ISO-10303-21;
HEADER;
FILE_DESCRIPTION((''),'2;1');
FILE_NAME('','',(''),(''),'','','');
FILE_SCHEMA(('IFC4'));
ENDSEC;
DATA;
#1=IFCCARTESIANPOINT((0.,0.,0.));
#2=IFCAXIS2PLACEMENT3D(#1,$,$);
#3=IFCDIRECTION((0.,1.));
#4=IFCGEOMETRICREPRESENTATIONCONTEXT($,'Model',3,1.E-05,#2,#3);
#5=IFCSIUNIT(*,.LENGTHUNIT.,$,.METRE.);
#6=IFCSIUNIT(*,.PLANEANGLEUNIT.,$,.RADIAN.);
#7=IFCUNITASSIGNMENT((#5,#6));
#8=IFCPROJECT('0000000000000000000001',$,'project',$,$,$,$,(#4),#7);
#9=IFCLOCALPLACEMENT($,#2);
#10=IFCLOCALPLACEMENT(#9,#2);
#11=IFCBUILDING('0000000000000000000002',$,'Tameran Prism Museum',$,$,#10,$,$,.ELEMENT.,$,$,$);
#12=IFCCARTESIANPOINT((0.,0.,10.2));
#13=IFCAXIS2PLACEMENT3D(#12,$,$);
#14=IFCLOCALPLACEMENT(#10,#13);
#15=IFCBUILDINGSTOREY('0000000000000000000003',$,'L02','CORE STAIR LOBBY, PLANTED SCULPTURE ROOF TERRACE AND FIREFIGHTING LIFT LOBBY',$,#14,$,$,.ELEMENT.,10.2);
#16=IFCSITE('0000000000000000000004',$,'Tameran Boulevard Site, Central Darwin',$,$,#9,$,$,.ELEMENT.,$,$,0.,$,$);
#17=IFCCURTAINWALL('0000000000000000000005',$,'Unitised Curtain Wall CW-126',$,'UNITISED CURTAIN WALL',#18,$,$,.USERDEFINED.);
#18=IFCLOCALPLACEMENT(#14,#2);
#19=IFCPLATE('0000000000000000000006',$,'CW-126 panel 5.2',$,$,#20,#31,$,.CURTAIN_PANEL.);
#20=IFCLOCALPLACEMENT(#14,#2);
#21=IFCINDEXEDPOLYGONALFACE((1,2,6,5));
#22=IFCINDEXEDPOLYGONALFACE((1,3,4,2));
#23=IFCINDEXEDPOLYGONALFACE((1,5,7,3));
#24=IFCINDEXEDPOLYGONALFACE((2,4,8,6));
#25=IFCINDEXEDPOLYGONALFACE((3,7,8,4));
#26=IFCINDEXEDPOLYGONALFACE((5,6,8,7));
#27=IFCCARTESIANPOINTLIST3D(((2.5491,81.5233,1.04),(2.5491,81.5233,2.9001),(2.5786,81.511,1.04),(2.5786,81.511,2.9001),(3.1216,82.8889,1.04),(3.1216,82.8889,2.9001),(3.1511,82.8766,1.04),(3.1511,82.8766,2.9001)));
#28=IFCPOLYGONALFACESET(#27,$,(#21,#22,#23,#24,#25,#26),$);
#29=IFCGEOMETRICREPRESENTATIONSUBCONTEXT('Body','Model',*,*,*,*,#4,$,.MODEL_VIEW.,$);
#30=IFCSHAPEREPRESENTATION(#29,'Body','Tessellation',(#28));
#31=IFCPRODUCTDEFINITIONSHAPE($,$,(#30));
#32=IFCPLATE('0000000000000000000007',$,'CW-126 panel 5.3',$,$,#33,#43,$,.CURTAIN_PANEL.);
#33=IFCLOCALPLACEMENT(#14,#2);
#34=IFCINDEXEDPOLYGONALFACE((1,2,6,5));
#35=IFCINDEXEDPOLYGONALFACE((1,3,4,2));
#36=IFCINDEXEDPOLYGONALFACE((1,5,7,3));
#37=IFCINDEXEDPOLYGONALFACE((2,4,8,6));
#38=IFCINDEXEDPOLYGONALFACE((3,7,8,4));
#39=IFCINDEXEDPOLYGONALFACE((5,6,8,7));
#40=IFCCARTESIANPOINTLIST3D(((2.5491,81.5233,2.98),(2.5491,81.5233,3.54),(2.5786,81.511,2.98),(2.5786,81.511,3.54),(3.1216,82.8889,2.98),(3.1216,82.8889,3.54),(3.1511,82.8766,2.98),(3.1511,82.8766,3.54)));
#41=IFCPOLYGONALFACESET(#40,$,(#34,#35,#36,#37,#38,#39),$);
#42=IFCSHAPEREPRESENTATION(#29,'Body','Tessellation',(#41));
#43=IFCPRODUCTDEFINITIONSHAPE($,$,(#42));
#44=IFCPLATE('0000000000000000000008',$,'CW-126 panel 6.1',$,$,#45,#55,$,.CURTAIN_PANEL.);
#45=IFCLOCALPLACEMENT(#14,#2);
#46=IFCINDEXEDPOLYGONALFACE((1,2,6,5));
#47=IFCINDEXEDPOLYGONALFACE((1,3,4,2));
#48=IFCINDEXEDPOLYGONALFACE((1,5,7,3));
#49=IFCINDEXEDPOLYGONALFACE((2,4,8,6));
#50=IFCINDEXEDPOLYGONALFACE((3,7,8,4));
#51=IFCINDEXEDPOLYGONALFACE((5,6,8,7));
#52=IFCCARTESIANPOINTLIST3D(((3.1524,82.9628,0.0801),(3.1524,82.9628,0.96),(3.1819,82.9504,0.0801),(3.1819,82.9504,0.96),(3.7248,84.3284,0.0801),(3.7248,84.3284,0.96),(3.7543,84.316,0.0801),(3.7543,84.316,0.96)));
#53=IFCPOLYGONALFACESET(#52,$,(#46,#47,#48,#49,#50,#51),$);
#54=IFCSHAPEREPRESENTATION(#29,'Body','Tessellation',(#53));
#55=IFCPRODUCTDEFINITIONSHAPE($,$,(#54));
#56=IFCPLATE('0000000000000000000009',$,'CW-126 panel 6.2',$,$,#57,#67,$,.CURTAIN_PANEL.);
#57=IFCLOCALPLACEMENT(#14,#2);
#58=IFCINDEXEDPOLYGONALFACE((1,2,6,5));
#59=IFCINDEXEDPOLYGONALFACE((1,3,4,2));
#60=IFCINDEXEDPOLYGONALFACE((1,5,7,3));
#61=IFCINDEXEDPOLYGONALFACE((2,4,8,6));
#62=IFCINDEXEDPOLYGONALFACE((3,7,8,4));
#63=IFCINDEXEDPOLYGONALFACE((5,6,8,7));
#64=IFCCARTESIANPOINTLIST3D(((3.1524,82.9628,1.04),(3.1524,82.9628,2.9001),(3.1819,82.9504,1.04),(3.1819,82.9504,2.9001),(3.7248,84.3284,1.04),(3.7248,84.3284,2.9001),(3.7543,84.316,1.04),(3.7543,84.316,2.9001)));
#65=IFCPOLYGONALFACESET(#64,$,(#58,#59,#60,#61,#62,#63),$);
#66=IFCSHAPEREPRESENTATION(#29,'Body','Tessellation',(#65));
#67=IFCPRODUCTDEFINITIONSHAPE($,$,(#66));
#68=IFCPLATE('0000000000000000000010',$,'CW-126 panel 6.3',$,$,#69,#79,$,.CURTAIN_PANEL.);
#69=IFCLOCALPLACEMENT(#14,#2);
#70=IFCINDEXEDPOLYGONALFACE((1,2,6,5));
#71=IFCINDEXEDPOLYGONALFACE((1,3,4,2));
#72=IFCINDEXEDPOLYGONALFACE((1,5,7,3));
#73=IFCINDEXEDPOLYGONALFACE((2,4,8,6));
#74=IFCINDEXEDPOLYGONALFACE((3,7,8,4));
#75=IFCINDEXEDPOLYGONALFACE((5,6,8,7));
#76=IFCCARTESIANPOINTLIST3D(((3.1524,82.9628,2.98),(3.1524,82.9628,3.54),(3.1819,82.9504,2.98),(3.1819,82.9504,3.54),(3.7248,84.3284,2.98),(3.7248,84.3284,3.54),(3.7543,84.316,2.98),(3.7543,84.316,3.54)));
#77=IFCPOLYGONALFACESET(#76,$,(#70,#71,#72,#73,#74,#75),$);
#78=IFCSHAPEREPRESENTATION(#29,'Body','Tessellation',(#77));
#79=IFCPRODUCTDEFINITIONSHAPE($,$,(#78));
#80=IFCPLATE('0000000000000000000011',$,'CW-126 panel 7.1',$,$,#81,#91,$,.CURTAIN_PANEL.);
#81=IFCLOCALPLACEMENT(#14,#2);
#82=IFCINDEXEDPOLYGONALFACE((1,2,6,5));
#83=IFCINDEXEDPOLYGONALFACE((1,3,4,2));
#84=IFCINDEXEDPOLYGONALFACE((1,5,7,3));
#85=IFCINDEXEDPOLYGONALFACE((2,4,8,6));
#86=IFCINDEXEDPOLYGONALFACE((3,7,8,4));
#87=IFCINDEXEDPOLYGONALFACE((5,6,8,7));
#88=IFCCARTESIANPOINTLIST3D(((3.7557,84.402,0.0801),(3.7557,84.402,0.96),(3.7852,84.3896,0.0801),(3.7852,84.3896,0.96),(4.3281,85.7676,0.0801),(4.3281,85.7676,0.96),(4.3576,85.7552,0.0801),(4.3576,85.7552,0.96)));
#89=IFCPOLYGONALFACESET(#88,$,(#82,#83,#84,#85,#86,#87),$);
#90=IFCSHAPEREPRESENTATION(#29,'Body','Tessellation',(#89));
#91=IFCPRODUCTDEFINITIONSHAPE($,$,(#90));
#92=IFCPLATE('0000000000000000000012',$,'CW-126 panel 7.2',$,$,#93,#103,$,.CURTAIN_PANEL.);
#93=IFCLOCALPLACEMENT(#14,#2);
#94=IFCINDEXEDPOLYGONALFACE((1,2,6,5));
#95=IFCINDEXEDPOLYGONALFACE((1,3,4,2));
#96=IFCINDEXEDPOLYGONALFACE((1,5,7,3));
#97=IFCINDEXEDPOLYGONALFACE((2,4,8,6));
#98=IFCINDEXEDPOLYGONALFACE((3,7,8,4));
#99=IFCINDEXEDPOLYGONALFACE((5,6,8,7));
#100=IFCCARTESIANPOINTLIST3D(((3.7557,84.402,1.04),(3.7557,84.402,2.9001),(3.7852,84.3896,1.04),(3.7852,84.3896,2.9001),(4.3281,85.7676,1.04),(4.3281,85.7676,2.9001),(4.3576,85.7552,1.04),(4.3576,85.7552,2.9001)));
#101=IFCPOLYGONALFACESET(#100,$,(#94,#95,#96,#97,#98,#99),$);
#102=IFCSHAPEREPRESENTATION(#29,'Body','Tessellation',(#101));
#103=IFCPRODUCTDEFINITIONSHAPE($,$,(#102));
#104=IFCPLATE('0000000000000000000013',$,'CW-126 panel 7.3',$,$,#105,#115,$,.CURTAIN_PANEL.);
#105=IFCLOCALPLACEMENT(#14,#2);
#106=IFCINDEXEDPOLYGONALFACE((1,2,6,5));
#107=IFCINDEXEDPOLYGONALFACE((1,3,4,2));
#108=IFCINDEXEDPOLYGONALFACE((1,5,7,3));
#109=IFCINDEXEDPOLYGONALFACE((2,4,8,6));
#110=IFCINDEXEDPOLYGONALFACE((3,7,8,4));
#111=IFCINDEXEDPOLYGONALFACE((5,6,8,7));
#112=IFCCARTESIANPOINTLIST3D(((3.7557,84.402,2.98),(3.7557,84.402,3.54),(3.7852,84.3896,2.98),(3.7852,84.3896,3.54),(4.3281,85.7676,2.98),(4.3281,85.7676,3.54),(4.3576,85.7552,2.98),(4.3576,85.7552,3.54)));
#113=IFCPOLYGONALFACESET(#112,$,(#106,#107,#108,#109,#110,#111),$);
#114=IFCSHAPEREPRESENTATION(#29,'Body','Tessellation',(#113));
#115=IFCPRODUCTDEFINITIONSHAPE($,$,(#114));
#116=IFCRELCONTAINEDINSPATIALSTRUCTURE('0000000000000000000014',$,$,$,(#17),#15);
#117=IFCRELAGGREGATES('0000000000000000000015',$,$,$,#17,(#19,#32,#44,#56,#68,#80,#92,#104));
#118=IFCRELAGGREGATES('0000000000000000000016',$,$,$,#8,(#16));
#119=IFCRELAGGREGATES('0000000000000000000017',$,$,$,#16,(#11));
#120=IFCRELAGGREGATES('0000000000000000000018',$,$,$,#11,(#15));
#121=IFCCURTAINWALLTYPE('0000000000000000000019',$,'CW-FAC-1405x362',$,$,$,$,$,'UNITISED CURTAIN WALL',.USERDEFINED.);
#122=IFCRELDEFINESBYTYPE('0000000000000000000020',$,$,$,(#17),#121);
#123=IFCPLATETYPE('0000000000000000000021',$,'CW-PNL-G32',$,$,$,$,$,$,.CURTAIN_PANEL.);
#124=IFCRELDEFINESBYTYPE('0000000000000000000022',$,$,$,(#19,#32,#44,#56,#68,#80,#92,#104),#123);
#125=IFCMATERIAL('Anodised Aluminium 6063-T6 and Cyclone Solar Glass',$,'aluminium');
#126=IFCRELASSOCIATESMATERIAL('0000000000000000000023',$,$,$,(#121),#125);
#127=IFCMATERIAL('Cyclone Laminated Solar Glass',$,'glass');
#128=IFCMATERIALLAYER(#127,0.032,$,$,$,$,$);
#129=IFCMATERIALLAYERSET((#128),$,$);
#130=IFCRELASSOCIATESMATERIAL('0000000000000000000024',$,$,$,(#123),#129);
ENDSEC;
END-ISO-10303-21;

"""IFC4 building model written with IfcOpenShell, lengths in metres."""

from ifc_helpers import new_model, si_unit, direction, frame, origin, origin_2d, place, context, subcontext, project, spatial, rectangle, extrude, material, layer, layer_set, type_object, element, aggregate, save


model = new_model("IFC4")

# Units and contexts
model_context = context("Model", 3, precision=1e-05, world=origin(), true_north=direction((0.0, 1.0)))
body_context = subcontext(model_context, "Body", "Model", "MODEL_VIEW")
ifc_project = project(units=[si_unit("LENGTHUNIT", "METRE"), si_unit("PLANEANGLEUNIT", "RADIAN")], contexts=[model_context])

# Site, building, storey
site_placement = place(None, origin())
site = spatial("IfcSite", under=ifc_project, at=site_placement, Name="Tameran Boulevard Site, Central Darwin", CompositionType="ELEMENT", RefElevation=0.0)
building_placement = place(site_placement, origin())
building = spatial("IfcBuilding", under=site, at=building_placement, Name="Tameran Prism Museum", CompositionType="ELEMENT")
storey_placement = place(building_placement, frame((0.0, 0.0, 10.2)))
storey = spatial("IfcBuildingStorey", under=building, at=storey_placement, Name="L02", Description="CORE STAIR LOBBY, PLANTED SCULPTURE ROOF TERRACE AND FIREFIGHTING LIFT LOBBY", CompositionType="ELEMENT", Elevation=10.2)

# Curtain wall, plates
ifc_material_1 = material(Name="Anodised Aluminium 6063-T6 and Cyclone Solar Glass", Category="aluminium")
curtain_wall_type = type_object("IfcCurtainWallType", Name="CW-FAC-1405x362", ElementType="UNITISED CURTAIN WALL", PredefinedType="USERDEFINED", material=ifc_material_1)
curtain_wall_placement = place(storey_placement, origin())
curtain_wall = element("IfcCurtainWall", 1, at=curtain_wall_placement, inside=storey, type_object=curtain_wall_type, Name="Unitised Curtain Wall CW-126", ObjectType="UNITISED CURTAIN WALL", PredefinedType="USERDEFINED")
ifc_material_2 = material(Name="Cyclone Laminated Solar Glass", Category="glass")
ifc_layer = layer(ifc_material_2, 0.032)
ifc_layer_set = layer_set([ifc_layer])
plate_type = type_object("IfcPlateType", Name="CW-PNL-G32", PredefinedType="CURTAIN_PANEL", material=ifc_layer_set)
plate_1_placement = place(storey_placement, frame((2.8501, 82.2, 1.04), z_axis=(0.0, 0.0, 1.0), x_axis=(0.386586, 0.922253, 0.0)))
plate_1 = element("IfcPlate", 2, at=plate_1_placement, type_object=plate_type, Name="CW-126 panel 5.2", PredefinedType="CURTAIN_PANEL", context=body_context, shape_type="SweptSolid", body=[
    extrude(rectangle(XDim=1.4807, YDim=0.032, at=origin_2d()), origin(), (0.0, 0.0, 1.0), 1.8601),
])
plate_2_placement = place(storey_placement, frame((2.8501, 82.2, 2.98), z_axis=(0.0, 0.0, 1.0), x_axis=(0.386586, 0.922253, 0.0)))
plate_2 = element("IfcPlate", 3, at=plate_2_placement, type_object=plate_type, Name="CW-126 panel 5.3", PredefinedType="CURTAIN_PANEL", context=body_context, shape_type="SweptSolid", body=[
    extrude(rectangle(XDim=1.4807, YDim=0.032, at=origin_2d()), origin(), (0.0, 0.0, 1.0), 0.5601),
])
plate_3_placement = place(storey_placement, frame((3.4534, 83.6394, 0.0801), z_axis=(0.0, 0.0, 1.0), x_axis=(0.386586, 0.922253, 0.0)))
plate_3 = element("IfcPlate", 4, at=plate_3_placement, type_object=plate_type, Name="CW-126 panel 6.1", PredefinedType="CURTAIN_PANEL", context=body_context, shape_type="SweptSolid", body=[
    extrude(rectangle(XDim=1.4807, YDim=0.032, at=origin_2d()), origin(), (0.0, 0.0, 1.0), 0.8799),
])
plate_4_placement = place(storey_placement, frame((3.4534, 83.6394, 1.04), z_axis=(0.0, 0.0, 1.0), x_axis=(0.386586, 0.922253, 0.0)))
plate_4 = element("IfcPlate", 5, at=plate_4_placement, type_object=plate_type, Name="CW-126 panel 6.2", PredefinedType="CURTAIN_PANEL", context=body_context, shape_type="SweptSolid", body=[
    extrude(rectangle(XDim=1.4807, YDim=0.032, at=origin_2d()), origin(), (0.0, 0.0, 1.0), 1.8601),
])
plate_5_placement = place(storey_placement, frame((3.4534, 83.6394, 2.98), z_axis=(0.0, 0.0, 1.0), x_axis=(0.386586, 0.922253, 0.0)))
plate_5 = element("IfcPlate", 6, at=plate_5_placement, type_object=plate_type, Name="CW-126 panel 6.3", PredefinedType="CURTAIN_PANEL", context=body_context, shape_type="SweptSolid", body=[
    extrude(rectangle(XDim=1.4807, YDim=0.032, at=origin_2d()), origin(), (0.0, 0.0, 1.0), 0.5601),
])
plate_6_placement = place(storey_placement, frame((4.0566, 85.0786, 0.0801), z_axis=(0.0, 0.0, 1.0), x_axis=(0.386586, 0.922253, 0.0)))
plate_6 = element("IfcPlate", 7, at=plate_6_placement, type_object=plate_type, Name="CW-126 panel 7.1", PredefinedType="CURTAIN_PANEL", context=body_context, shape_type="SweptSolid", body=[
    extrude(rectangle(XDim=1.4807, YDim=0.032, at=origin_2d()), origin(), (0.0, 0.0, 1.0), 0.8799),
])
plate_7_placement = place(storey_placement, frame((4.0566, 85.0786, 1.04), z_axis=(0.0, 0.0, 1.0), x_axis=(0.386586, 0.922253, 0.0)))
plate_7 = element("IfcPlate", 8, at=plate_7_placement, type_object=plate_type, Name="CW-126 panel 7.2", PredefinedType="CURTAIN_PANEL", context=body_context, shape_type="SweptSolid", body=[
    extrude(rectangle(XDim=1.4807, YDim=0.032, at=origin_2d()), origin(), (0.0, 0.0, 1.0), 1.8601),
])
plate_8_placement = place(storey_placement, frame((4.0566, 85.0786, 2.98), z_axis=(0.0, 0.0, 1.0), x_axis=(0.386586, 0.922253, 0.0)))
plate_8 = element("IfcPlate", 9, at=plate_8_placement, type_object=plate_type, Name="CW-126 panel 7.3", PredefinedType="CURTAIN_PANEL", context=body_context, shape_type="SweptSolid", body=[
    extrude(rectangle(XDim=1.4807, YDim=0.032, at=origin_2d()), origin(), (0.0, 0.0, 1.0), 0.5601),
])
aggregate(curtain_wall, [plate_1, plate_2, plate_3, plate_4, plate_5, plate_6, plate_7, plate_8])

save(model, "model.ifc")
